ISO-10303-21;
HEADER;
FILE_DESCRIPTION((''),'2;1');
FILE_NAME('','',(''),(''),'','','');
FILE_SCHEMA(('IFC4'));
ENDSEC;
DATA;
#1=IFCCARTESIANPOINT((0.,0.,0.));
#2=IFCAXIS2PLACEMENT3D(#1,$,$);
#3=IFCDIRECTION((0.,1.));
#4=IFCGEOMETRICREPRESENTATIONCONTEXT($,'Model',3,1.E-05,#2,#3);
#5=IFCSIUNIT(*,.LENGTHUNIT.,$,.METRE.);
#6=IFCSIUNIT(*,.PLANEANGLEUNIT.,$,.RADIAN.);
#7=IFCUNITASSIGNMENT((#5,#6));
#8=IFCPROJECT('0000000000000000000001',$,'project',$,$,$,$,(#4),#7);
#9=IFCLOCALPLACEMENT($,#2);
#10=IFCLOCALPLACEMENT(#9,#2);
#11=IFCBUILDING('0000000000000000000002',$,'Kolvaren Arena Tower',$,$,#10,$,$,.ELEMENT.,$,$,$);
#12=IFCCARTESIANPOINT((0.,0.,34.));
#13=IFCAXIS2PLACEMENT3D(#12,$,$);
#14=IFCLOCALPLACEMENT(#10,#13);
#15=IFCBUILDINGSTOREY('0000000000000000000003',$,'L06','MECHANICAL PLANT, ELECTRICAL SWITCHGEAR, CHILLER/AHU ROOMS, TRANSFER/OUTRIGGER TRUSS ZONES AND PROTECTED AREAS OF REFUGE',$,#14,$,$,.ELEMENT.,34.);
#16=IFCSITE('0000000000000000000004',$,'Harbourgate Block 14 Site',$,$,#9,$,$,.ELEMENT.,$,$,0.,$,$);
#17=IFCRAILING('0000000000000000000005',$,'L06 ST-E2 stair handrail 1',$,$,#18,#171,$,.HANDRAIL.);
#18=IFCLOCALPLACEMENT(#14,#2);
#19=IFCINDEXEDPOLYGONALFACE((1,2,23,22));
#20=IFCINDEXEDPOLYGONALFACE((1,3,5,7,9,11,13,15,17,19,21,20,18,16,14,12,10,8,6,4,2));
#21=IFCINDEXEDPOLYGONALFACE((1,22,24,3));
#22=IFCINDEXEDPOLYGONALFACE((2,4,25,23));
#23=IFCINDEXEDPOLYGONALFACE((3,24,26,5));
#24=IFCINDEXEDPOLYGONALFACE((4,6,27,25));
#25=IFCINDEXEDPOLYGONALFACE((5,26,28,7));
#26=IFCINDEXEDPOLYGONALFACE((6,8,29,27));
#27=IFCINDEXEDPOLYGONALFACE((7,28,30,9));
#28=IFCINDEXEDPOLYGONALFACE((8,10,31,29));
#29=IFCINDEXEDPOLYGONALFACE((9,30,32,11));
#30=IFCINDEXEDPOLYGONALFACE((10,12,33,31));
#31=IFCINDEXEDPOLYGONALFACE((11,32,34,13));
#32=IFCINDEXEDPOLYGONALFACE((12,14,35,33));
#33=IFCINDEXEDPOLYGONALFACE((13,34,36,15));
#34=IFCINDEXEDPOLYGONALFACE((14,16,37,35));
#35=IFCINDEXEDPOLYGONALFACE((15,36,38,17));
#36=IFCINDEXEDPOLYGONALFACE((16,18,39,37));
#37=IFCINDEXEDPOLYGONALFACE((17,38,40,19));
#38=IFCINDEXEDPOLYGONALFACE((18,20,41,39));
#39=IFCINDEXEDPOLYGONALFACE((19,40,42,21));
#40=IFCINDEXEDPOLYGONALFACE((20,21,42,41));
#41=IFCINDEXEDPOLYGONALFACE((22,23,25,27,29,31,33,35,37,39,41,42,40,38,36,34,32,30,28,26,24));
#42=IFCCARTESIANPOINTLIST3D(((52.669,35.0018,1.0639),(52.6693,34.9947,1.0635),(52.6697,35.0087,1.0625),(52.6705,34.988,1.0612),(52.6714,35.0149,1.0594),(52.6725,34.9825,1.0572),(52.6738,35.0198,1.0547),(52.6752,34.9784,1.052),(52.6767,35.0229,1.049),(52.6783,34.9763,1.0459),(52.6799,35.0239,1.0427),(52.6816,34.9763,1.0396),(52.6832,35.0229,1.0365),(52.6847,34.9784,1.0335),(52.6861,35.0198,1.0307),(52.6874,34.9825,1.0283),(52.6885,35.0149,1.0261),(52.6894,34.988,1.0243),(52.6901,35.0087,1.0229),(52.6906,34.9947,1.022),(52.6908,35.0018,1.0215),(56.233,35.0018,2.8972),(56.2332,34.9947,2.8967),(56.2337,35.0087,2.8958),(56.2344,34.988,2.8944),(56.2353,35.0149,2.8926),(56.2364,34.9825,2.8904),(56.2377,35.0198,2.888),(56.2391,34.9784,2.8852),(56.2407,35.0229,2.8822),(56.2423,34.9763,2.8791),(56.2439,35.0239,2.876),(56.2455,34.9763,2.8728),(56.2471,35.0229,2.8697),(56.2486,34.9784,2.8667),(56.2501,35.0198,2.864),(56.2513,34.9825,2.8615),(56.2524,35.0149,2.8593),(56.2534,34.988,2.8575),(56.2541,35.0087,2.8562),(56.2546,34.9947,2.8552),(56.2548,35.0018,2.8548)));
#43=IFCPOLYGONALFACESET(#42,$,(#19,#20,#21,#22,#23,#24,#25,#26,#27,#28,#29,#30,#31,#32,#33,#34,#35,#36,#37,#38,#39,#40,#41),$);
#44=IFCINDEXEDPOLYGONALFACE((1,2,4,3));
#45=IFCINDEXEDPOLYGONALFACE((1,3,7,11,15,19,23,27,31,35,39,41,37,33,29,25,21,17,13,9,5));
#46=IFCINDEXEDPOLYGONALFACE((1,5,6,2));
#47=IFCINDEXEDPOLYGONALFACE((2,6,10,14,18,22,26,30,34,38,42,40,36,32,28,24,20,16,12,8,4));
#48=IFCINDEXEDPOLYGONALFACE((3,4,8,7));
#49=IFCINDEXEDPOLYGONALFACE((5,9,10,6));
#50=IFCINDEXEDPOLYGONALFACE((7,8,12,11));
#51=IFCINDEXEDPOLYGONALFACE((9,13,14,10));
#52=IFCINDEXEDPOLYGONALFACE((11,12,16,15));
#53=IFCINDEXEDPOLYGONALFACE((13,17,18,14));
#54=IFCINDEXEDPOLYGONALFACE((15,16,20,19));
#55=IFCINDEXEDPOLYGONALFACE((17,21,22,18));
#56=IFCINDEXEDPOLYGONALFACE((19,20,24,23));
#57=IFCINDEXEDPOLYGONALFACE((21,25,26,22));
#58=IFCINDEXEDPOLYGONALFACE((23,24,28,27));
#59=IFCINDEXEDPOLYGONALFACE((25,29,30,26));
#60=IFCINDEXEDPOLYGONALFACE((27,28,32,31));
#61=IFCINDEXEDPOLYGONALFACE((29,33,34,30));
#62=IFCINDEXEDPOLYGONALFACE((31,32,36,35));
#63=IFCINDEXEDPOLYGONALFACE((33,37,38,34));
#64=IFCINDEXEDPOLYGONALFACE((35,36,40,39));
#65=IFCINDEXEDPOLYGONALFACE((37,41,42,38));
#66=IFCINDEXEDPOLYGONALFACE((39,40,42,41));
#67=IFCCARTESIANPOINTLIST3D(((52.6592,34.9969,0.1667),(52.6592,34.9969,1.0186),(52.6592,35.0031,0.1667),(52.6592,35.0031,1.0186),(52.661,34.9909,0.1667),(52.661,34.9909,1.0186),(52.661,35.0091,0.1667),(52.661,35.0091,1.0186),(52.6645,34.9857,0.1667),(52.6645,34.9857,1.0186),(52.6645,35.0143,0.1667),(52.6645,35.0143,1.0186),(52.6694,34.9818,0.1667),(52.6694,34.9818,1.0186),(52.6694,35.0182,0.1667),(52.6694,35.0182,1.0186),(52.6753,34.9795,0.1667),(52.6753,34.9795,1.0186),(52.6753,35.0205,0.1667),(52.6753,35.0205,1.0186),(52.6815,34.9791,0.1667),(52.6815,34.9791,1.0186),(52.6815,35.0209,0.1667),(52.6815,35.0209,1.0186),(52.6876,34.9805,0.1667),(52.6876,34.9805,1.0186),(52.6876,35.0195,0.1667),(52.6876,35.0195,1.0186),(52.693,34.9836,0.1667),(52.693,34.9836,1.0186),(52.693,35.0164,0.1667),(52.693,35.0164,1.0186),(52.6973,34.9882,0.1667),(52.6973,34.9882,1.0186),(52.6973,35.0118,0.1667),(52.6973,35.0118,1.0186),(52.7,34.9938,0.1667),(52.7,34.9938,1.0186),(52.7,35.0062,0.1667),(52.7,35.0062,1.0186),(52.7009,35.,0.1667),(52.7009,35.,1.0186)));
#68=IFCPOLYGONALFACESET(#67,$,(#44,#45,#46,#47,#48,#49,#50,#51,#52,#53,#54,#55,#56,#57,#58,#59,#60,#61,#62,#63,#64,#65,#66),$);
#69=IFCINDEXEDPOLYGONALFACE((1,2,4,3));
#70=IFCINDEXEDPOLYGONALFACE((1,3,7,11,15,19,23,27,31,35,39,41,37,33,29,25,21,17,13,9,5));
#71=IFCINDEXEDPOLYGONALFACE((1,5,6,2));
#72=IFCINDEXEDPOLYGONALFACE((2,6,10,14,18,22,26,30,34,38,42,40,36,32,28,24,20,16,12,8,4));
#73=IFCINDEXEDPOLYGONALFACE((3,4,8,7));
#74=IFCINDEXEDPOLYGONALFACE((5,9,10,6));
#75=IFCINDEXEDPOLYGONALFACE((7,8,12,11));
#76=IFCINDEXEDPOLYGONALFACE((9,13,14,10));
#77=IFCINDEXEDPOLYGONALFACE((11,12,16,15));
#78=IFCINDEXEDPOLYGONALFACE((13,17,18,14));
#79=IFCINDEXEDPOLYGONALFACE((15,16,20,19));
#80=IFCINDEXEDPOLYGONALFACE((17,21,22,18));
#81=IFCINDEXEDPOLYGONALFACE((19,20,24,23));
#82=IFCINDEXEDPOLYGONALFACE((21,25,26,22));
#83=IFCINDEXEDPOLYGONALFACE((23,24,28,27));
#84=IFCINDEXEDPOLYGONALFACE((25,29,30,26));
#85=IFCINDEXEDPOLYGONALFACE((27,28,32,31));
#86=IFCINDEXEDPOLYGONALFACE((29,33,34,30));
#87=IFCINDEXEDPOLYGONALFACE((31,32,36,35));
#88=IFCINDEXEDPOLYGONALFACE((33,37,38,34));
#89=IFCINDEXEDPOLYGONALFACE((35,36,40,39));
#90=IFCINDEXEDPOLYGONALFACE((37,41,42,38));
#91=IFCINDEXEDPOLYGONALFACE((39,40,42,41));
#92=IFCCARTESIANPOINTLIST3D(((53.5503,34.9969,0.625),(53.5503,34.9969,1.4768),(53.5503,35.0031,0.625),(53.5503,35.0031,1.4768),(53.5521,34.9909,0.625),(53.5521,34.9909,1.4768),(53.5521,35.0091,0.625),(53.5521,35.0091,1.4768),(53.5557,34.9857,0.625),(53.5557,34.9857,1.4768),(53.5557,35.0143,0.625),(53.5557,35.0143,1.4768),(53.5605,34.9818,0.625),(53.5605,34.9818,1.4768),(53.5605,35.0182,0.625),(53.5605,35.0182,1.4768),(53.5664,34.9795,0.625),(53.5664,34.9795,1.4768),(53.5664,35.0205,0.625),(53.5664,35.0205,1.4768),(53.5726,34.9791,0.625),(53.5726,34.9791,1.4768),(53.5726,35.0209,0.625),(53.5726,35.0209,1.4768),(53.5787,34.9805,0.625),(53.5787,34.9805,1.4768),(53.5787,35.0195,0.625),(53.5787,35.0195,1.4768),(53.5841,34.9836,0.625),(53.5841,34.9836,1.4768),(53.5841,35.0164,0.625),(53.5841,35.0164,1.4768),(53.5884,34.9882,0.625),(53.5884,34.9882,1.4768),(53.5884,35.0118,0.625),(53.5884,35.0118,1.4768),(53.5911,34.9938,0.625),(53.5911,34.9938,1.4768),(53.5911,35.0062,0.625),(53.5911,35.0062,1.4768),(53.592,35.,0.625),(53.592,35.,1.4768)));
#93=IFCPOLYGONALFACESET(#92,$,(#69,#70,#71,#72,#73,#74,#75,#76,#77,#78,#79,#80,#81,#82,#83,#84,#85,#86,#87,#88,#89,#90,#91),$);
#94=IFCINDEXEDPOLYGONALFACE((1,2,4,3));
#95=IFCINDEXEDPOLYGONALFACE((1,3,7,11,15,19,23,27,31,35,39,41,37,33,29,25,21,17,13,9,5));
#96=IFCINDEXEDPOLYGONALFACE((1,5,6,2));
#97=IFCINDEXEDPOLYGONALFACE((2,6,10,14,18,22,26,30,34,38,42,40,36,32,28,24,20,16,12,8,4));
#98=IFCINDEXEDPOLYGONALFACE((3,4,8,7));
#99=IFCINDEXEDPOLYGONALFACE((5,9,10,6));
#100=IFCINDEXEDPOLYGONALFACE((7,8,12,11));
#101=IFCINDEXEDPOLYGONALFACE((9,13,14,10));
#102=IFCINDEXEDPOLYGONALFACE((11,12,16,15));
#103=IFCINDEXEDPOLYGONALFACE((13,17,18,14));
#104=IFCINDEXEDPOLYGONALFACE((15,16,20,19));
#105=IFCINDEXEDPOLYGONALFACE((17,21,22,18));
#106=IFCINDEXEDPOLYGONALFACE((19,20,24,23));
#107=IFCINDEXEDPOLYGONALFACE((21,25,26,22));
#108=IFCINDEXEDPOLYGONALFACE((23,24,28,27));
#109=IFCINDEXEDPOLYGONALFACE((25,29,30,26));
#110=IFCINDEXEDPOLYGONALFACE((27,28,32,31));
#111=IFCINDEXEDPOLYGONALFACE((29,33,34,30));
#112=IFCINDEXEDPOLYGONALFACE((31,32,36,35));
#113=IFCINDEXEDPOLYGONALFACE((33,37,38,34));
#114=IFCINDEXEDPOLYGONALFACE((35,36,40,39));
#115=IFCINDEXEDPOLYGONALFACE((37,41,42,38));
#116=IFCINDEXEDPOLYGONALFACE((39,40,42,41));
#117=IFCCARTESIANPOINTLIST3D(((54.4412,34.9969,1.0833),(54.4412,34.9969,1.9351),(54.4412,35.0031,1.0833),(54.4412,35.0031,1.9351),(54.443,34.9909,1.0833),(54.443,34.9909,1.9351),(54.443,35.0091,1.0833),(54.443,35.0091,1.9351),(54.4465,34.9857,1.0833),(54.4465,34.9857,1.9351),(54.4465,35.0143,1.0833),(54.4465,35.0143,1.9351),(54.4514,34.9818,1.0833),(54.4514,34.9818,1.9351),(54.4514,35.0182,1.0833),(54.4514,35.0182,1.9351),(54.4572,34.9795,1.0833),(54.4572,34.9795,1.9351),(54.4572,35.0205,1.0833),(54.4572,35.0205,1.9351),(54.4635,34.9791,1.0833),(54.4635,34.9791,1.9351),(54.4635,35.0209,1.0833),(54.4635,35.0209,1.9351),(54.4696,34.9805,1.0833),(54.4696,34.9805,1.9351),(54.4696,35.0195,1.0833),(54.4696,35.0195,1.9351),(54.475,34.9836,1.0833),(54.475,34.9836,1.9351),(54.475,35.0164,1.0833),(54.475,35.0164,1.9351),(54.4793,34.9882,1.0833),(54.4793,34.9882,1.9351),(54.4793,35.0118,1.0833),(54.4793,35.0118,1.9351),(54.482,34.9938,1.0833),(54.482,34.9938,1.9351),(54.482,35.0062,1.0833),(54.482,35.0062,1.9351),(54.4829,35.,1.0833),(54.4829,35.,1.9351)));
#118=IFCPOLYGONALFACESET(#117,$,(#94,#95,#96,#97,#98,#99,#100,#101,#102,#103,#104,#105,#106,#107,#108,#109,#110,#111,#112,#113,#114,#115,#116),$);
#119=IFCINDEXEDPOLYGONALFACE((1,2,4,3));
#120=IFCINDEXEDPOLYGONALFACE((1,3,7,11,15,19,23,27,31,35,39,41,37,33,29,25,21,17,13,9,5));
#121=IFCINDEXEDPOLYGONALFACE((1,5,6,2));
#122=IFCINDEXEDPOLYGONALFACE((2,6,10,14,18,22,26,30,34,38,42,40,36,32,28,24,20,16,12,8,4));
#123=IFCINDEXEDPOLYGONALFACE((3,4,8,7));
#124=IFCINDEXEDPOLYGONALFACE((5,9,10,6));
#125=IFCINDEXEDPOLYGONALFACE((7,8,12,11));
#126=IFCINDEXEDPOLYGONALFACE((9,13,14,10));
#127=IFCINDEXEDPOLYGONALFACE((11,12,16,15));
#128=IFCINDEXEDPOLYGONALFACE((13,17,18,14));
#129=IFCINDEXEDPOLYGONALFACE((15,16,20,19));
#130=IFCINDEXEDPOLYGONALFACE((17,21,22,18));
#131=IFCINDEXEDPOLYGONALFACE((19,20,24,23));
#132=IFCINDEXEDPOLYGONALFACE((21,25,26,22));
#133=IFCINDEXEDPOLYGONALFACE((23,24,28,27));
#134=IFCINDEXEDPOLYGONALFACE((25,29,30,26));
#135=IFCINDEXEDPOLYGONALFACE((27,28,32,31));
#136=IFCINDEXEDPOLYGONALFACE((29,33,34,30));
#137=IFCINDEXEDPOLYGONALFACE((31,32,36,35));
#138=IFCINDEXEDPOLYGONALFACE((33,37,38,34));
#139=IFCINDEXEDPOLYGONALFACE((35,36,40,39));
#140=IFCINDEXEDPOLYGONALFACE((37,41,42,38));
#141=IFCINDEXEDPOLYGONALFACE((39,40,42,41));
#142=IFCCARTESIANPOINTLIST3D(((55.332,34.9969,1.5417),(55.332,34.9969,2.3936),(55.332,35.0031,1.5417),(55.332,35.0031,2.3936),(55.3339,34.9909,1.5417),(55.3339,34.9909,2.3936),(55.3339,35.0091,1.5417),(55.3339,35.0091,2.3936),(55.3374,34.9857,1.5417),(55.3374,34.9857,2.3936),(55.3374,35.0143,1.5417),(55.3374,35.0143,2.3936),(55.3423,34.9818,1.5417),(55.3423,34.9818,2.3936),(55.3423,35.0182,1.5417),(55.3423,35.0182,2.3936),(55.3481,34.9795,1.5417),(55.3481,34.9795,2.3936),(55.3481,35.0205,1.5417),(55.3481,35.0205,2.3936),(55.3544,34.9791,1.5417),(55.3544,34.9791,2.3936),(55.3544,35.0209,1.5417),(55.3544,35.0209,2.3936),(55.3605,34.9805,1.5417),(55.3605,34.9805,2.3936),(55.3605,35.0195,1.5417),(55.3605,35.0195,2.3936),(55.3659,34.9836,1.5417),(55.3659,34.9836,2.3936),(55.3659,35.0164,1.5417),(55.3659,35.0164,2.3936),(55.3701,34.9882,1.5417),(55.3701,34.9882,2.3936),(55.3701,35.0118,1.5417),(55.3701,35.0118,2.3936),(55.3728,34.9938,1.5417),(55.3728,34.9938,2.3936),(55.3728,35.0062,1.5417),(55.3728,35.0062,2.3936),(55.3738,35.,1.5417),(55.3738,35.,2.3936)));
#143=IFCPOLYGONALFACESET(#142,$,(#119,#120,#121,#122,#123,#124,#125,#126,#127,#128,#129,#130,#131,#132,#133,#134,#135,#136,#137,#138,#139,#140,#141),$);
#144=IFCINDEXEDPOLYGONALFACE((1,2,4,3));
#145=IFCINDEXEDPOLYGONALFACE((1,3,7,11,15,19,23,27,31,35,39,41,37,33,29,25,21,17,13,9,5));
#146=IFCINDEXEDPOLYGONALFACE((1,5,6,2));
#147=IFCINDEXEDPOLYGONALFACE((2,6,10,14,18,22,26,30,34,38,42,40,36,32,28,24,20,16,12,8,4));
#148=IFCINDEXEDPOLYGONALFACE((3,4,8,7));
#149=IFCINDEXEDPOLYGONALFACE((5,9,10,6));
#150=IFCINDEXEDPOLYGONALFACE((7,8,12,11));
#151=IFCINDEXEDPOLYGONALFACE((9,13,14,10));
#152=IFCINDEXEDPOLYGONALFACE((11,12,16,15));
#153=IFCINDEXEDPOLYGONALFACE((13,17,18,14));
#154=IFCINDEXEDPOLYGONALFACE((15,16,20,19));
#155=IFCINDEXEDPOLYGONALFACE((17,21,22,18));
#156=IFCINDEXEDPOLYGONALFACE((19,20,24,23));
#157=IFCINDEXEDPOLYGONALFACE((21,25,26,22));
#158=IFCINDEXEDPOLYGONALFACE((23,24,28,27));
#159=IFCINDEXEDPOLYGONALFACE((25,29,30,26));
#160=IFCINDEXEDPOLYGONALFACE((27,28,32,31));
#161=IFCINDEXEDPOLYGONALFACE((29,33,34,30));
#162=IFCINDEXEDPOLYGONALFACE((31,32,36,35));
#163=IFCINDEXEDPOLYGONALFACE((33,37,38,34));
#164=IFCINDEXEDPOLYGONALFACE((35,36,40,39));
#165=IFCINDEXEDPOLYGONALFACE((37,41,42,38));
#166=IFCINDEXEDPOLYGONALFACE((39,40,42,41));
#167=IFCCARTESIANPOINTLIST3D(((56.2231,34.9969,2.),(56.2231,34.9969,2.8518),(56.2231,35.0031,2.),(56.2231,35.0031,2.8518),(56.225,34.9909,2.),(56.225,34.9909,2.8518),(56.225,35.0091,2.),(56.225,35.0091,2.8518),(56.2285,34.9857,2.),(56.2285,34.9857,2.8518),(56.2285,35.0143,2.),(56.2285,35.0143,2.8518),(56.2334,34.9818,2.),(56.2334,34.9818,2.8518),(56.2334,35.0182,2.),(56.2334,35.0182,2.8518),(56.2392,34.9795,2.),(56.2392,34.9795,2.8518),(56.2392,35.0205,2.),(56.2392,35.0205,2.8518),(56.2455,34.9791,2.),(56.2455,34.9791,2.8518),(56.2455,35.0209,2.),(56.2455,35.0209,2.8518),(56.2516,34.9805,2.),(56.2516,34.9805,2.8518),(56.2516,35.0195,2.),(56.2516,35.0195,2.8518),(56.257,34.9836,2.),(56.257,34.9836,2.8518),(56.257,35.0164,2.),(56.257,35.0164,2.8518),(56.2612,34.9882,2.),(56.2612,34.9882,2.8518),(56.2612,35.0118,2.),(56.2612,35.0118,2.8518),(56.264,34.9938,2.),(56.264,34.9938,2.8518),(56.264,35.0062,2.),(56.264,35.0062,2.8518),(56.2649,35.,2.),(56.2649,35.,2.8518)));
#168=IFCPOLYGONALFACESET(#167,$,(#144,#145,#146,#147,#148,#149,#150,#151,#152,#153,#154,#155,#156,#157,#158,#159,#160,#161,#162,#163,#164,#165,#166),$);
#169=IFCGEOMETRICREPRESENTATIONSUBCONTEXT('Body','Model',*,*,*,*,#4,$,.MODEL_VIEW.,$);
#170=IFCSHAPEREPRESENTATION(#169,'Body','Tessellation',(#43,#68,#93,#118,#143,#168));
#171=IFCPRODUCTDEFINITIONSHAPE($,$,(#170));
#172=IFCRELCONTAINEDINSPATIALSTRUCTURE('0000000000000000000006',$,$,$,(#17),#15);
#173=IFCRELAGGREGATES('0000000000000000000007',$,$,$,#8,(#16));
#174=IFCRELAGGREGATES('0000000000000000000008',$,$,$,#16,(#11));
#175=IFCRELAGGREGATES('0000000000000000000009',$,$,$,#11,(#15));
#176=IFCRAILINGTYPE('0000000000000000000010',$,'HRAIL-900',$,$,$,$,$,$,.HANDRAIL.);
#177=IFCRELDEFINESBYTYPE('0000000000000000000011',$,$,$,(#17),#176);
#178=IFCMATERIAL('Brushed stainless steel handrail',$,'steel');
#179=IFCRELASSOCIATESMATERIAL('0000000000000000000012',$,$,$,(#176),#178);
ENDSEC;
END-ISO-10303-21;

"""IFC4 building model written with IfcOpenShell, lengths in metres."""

from ifc_helpers import new_model, si_unit, direction, frame, origin, origin_2d, place, context, subcontext, project, spatial, circle, extrude, material, type_object, element, save


model = new_model("IFC4")

# Units and contexts
model_context = context("Model", 3, precision=1e-05, world=origin(), true_north=direction((0.0, 1.0)))
body_context = subcontext(model_context, "Body", "Model", "MODEL_VIEW")
ifc_project = project(units=[si_unit("LENGTHUNIT", "METRE"), si_unit("PLANEANGLEUNIT", "RADIAN")], contexts=[model_context])

# Site, building, storey
site_placement = place(None, origin())
site = spatial("IfcSite", under=ifc_project, at=site_placement, Name="Harbourgate Block 14 Site", CompositionType="ELEMENT", RefElevation=0.0)
building_placement = place(site_placement, origin())
building = spatial("IfcBuilding", under=site, at=building_placement, Name="Kolvaren Arena Tower", CompositionType="ELEMENT")
storey_placement = place(building_placement, frame((0.0, 0.0, 34.0)))
storey = spatial("IfcBuildingStorey", under=building, at=storey_placement, Name="L06", Description="MECHANICAL PLANT, ELECTRICAL SWITCHGEAR, CHILLER/AHU ROOMS, TRANSFER/OUTRIGGER TRUSS ZONES AND PROTECTED AREAS OF REFUGE", CompositionType="ELEMENT", Elevation=34.0)

# Railing
ifc_material_1 = material(Name="Brushed stainless steel handrail", Category="steel")
railing_type_1 = type_object("IfcRailingType", Name="HRAIL-900", PredefinedType="HANDRAIL", material=ifc_material_1)
for number, where, name in (
    (1, (52.6799, 35.0, 0.1667), "L06 ST-E2 stair handrail 1"),
):
    element("IfcRailing", number, at=place(storey_placement, frame(where)), inside=storey, type_object=railing_type_1, Name=name, PredefinedType="HANDRAIL", context=body_context, shape_type="SweptSolid", body=[
        extrude(circle(Radius=0.0239, at=origin_2d()), frame((0.0, 0.0, 0.876), z_axis=(0.889252, 0.0, 0.457418), x_axis=(0.0, 1.0, 0.0)), (0.0, 0.0, 1.0), 4.0078),
        extrude(circle(Radius=0.021, at=origin_2d()), origin(), (0.0, 0.0, 1.0), 0.8518),
        extrude(circle(Radius=0.021, at=origin_2d()), frame((0.8911, 0.0, 0.4583)), (0.0, 0.0, 1.0), 0.8518),
        extrude(circle(Radius=0.021, at=origin_2d()), frame((1.782, 0.0, 0.9165)), (0.0, 0.0, 1.0), 0.8518),
        extrude(circle(Radius=0.021, at=origin_2d()), frame((2.6729, 0.0, 1.375)), (0.0, 0.0, 1.0), 0.8518),
        extrude(circle(Radius=0.021, at=origin_2d()), frame((3.564, 0.0, 1.8333)), (0.0, 0.0, 1.0), 0.8518),
    ])

save(model, "model.ifc")
